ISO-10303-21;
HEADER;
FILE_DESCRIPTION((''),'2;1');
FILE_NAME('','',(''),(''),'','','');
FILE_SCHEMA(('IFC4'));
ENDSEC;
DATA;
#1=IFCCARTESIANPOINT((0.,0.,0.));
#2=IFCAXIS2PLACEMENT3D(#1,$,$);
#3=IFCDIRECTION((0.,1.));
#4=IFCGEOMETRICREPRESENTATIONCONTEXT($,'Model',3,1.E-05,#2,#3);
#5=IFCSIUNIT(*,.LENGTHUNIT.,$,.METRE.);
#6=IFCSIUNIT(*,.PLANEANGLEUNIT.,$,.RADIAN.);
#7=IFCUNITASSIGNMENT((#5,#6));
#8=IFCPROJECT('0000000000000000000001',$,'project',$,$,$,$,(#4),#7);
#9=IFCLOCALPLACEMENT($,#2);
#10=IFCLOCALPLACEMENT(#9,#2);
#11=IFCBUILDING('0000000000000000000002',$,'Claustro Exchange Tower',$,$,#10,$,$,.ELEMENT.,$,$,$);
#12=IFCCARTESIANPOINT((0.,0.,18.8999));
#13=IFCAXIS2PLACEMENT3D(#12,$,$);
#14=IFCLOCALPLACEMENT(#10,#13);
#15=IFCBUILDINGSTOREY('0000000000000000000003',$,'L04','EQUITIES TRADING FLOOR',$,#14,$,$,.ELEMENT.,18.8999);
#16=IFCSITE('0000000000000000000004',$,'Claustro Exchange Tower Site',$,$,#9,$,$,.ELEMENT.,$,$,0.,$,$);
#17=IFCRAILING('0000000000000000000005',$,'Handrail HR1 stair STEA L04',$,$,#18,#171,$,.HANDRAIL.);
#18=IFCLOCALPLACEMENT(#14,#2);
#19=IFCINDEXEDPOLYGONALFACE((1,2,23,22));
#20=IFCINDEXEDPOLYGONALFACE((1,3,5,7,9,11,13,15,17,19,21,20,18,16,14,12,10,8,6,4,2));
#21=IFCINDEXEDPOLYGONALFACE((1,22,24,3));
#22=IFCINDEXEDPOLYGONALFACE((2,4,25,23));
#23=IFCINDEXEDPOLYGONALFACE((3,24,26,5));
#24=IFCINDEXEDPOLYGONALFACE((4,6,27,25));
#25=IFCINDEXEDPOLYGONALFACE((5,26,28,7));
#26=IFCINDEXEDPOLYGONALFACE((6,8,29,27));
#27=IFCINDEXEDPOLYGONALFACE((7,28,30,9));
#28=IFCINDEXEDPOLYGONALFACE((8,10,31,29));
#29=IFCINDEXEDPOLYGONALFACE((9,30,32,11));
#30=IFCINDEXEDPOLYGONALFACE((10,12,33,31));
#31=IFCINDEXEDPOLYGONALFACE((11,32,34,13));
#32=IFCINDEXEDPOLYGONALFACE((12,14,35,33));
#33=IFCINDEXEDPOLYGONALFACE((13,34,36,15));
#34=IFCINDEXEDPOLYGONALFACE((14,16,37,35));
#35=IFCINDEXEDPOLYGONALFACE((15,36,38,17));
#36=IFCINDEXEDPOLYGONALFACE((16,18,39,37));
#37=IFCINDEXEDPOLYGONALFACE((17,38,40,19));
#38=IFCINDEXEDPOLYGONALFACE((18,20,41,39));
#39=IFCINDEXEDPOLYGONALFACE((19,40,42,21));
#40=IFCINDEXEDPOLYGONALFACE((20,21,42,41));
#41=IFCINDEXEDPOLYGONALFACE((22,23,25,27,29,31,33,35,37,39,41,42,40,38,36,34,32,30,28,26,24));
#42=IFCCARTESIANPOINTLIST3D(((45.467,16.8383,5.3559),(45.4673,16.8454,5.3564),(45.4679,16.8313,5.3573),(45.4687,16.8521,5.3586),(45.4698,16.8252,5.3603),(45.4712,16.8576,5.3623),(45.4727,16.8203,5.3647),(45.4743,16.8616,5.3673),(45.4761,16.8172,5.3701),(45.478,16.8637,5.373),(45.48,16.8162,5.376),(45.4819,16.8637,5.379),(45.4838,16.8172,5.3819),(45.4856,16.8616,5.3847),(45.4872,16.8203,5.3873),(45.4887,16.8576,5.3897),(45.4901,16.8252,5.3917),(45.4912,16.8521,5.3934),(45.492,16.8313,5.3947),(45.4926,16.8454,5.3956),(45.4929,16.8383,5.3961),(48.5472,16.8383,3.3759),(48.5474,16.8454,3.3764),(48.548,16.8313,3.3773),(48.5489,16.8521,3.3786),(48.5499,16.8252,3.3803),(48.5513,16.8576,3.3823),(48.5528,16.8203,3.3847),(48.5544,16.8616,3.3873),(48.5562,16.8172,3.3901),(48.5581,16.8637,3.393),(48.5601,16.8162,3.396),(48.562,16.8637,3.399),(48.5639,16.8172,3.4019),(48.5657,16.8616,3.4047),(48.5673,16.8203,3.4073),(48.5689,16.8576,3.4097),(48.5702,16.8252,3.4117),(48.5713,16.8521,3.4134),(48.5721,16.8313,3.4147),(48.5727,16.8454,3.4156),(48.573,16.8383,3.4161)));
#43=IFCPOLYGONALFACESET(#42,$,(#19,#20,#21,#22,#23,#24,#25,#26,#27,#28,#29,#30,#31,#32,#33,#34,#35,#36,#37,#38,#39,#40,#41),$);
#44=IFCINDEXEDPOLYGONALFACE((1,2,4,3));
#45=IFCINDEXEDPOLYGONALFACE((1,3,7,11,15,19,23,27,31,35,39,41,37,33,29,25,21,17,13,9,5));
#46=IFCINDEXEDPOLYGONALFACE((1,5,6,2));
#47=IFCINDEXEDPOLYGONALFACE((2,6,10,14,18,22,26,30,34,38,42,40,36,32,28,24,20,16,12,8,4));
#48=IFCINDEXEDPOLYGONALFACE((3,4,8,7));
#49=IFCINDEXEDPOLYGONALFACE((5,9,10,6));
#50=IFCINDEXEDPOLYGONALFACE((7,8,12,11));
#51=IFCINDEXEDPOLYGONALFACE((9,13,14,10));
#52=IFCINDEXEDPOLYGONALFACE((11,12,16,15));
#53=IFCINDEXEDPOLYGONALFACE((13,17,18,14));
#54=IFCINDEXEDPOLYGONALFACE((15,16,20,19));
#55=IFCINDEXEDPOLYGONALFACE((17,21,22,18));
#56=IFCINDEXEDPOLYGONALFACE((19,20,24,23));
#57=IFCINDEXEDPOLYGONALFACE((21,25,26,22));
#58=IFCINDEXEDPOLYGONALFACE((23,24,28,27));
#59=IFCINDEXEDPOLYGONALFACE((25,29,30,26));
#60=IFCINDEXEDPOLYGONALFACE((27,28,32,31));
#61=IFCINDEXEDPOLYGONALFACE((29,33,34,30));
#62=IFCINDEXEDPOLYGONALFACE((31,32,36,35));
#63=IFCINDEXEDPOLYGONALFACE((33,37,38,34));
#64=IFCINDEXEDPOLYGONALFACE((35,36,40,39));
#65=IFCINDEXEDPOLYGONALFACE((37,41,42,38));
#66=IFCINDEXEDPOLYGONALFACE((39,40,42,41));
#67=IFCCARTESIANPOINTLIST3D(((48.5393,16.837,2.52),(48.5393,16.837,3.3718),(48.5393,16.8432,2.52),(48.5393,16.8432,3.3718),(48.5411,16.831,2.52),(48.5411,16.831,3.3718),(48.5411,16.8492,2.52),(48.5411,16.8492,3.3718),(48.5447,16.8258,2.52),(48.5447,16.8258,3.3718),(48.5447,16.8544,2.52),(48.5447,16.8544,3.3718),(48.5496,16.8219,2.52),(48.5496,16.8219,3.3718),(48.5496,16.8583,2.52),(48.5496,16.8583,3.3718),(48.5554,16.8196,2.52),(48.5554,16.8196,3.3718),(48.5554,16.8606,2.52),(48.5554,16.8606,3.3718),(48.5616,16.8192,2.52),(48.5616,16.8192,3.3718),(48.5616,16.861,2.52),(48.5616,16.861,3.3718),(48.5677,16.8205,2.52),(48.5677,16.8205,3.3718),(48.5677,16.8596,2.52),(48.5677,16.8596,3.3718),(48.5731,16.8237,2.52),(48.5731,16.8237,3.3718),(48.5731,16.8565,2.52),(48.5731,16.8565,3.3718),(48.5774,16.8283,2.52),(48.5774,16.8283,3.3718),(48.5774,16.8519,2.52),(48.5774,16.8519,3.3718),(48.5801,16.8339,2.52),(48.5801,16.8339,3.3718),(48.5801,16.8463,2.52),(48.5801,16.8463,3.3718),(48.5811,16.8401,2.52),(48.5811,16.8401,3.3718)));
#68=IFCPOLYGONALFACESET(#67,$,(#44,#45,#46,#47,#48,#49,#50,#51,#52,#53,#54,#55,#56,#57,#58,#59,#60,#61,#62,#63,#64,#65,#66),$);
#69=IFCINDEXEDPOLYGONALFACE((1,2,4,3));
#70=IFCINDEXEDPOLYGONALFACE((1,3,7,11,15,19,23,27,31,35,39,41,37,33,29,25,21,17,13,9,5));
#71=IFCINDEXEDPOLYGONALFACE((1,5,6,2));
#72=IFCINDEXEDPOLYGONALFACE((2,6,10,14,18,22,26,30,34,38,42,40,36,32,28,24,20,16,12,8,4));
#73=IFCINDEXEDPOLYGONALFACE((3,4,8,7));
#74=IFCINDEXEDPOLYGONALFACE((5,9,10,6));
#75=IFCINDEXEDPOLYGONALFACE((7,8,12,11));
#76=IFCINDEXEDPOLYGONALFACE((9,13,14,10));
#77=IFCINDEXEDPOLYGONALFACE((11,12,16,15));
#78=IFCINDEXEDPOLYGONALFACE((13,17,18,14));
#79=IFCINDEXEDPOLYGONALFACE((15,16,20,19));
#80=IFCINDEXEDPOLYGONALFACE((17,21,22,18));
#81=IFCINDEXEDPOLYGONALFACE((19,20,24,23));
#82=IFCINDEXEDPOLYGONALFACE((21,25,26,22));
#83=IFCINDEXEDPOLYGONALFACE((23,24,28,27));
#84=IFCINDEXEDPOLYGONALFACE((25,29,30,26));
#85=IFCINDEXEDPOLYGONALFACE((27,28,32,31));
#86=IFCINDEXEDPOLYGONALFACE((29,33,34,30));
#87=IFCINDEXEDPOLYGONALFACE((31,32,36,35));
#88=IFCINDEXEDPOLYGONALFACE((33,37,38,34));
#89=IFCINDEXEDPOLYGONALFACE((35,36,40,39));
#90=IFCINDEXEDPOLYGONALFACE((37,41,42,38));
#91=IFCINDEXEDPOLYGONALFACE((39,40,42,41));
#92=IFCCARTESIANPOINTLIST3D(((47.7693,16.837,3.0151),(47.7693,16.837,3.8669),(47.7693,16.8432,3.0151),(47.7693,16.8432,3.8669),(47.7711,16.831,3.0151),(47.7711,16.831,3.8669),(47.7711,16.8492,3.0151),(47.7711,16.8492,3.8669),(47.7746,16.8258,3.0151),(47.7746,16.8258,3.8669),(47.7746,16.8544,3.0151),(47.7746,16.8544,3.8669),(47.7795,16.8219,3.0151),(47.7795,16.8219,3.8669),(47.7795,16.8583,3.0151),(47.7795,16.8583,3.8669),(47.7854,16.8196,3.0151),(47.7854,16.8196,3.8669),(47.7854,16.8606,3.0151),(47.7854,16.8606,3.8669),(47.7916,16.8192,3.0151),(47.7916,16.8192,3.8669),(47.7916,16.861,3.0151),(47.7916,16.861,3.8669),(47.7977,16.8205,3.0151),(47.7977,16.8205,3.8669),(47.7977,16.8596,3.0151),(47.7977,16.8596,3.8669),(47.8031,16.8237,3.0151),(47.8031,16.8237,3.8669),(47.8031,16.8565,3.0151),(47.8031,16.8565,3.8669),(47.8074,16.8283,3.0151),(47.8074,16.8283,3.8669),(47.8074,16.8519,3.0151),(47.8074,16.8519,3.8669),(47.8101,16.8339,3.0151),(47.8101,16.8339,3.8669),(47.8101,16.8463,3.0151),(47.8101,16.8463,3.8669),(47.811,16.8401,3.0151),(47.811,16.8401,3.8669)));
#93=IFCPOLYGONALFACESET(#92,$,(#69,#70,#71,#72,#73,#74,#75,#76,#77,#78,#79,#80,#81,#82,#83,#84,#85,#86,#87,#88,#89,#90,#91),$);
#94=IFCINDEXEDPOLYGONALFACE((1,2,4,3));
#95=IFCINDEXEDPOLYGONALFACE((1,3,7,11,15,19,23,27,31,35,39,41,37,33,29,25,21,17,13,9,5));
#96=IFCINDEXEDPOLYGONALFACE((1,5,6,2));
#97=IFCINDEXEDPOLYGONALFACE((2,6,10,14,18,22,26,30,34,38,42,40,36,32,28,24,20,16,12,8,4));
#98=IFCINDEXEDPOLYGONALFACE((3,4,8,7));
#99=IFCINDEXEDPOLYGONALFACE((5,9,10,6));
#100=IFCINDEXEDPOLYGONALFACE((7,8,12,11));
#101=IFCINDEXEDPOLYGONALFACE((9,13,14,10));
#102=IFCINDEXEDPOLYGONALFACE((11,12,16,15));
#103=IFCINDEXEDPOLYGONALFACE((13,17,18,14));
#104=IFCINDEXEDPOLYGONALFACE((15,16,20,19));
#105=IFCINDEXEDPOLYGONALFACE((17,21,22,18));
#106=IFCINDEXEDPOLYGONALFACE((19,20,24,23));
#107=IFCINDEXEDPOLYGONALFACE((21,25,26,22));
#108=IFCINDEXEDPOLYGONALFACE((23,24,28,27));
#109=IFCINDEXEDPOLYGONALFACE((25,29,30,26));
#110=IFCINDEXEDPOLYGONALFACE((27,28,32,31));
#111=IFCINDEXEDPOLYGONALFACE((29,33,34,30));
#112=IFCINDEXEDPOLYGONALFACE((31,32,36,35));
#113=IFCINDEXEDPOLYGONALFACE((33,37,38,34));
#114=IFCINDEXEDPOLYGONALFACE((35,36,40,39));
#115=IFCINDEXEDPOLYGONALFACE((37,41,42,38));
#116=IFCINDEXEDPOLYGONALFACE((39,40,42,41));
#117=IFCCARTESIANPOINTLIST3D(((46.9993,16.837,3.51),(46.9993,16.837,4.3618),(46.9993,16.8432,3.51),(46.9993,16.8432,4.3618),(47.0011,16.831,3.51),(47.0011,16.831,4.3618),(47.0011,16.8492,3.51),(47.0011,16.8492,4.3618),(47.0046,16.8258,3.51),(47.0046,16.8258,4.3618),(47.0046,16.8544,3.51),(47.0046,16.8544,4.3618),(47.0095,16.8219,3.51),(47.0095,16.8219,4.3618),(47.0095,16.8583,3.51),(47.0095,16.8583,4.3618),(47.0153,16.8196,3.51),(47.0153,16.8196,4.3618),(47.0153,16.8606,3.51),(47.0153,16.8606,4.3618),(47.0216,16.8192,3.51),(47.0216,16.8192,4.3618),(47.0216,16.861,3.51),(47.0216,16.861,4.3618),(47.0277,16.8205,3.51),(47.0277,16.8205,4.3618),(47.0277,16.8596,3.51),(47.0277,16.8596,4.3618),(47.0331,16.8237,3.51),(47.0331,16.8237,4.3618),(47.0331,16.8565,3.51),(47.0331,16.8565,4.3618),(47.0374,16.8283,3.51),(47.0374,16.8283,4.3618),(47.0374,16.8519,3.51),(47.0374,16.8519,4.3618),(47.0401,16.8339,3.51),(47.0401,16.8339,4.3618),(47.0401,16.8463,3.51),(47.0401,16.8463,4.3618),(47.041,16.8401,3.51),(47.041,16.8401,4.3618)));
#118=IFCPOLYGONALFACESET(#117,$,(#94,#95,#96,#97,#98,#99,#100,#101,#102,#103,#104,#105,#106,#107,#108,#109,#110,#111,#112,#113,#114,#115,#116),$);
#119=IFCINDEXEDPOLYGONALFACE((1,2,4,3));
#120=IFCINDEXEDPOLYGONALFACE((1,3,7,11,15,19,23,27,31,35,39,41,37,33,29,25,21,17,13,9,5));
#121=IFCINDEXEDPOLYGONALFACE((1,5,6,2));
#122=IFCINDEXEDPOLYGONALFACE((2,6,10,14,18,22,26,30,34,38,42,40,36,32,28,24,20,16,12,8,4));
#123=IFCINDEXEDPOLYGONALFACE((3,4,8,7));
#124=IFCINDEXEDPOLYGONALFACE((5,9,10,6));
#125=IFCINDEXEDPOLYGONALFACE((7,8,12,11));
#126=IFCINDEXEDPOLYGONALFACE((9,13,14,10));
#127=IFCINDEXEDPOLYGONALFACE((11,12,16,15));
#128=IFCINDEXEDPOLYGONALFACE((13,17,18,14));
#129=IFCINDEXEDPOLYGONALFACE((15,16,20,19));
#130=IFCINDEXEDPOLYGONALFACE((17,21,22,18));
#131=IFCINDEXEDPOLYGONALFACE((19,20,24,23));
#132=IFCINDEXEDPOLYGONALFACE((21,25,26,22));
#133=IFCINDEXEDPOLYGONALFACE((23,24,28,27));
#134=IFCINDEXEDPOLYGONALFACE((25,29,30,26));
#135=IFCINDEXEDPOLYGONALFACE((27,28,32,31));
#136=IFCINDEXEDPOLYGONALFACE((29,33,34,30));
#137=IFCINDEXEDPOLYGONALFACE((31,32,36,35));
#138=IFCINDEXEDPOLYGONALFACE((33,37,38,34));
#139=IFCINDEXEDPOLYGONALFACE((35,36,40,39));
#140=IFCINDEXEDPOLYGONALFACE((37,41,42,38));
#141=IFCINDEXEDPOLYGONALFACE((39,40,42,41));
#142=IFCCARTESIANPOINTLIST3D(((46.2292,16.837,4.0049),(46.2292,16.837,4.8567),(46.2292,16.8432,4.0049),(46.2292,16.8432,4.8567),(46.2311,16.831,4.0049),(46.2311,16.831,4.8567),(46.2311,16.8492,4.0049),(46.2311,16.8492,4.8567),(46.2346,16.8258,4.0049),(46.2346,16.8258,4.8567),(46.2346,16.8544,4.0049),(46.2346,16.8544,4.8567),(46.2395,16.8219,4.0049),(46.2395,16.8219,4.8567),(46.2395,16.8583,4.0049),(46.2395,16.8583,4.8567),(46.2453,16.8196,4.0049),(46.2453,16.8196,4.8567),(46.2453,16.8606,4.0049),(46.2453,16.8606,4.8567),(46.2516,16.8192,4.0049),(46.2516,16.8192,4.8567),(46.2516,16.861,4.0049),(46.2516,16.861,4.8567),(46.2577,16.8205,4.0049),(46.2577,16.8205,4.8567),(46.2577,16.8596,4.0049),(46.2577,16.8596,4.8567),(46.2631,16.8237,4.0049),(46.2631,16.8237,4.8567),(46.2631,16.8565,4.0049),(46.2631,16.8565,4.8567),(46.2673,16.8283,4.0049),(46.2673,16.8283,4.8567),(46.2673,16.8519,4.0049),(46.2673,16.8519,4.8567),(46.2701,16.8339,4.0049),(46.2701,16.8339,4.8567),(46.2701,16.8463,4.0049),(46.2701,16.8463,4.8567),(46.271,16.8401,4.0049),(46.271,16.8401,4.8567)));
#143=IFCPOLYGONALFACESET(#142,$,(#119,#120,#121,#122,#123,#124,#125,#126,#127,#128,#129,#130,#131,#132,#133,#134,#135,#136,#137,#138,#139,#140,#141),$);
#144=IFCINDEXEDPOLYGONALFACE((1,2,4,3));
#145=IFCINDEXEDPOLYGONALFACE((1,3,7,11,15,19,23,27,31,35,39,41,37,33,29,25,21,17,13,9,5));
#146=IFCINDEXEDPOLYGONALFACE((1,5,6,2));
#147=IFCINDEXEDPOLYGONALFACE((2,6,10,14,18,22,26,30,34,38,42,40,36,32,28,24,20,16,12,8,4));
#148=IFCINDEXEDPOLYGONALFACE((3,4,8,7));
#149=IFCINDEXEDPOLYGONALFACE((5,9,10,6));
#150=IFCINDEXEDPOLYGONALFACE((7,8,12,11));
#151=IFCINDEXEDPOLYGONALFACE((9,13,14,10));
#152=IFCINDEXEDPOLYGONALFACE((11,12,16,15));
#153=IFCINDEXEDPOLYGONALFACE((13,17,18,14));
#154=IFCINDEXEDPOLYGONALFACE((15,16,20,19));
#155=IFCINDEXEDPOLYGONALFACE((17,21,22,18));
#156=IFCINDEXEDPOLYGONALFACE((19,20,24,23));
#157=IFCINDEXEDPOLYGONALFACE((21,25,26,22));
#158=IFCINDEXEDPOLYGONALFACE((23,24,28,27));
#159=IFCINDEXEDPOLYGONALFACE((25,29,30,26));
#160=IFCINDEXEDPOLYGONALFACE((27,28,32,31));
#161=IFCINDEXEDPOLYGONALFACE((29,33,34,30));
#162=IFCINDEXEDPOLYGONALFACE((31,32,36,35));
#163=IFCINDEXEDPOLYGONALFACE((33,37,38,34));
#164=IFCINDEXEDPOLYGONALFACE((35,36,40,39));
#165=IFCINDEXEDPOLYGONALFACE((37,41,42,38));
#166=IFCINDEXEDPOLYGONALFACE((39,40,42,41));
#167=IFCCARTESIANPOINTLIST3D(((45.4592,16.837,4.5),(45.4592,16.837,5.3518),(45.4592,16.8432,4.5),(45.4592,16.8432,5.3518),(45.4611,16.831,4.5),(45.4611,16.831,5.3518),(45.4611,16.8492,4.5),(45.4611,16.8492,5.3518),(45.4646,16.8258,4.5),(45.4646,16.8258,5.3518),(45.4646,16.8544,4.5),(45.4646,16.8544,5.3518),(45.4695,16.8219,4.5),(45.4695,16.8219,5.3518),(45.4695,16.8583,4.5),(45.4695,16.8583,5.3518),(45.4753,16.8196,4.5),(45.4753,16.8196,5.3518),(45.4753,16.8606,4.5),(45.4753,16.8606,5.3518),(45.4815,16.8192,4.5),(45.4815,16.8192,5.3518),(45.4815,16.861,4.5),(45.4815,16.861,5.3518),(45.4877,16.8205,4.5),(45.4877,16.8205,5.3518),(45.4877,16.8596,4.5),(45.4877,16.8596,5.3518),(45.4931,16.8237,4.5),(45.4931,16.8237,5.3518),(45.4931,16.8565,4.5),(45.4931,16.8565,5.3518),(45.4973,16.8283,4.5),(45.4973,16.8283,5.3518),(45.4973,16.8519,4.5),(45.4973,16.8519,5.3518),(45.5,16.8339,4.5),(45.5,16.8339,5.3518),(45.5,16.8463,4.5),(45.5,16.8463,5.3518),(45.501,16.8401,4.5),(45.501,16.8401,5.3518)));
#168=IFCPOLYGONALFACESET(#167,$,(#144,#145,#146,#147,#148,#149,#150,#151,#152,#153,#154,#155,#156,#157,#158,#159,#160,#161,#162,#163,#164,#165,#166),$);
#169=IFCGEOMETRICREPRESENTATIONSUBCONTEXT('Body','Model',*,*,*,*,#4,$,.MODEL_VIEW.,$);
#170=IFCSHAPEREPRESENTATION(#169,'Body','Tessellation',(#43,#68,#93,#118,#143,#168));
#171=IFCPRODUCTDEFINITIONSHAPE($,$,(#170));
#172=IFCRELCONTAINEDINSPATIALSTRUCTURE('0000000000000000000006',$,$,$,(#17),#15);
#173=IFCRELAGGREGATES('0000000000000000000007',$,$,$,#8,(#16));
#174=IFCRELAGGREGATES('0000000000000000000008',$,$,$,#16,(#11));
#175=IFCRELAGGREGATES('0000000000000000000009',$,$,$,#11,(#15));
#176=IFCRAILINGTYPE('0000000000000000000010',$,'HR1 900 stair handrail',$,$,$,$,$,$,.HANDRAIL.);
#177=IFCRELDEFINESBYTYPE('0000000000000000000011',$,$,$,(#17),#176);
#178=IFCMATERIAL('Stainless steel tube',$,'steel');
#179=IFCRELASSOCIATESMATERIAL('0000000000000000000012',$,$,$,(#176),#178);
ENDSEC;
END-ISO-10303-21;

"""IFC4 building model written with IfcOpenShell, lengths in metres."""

from ifc_helpers import new_model, si_unit, direction, frame, origin, origin_2d, place, context, subcontext, project, spatial, circle, extrude, material, type_object, element, save


model = new_model("IFC4")

# Units and contexts
model_context = context("Model", 3, precision=1e-05, world=origin(), true_north=direction((0.0, 1.0)))
body_context = subcontext(model_context, "Body", "Model", "MODEL_VIEW")
ifc_project = project(units=[si_unit("LENGTHUNIT", "METRE"), si_unit("PLANEANGLEUNIT", "RADIAN")], contexts=[model_context])

# Site, building, storey
site_placement = place(None, origin())
site = spatial("IfcSite", under=ifc_project, at=site_placement, Name="Claustro Exchange Tower Site", CompositionType="ELEMENT", RefElevation=0.0)
building_placement = place(site_placement, origin())
building = spatial("IfcBuilding", under=site, at=building_placement, Name="Claustro Exchange Tower", CompositionType="ELEMENT")
storey_placement = place(building_placement, frame((0.0, 0.0, 18.8999)))
storey = spatial("IfcBuildingStorey", under=building, at=storey_placement, Name="L04", Description="EQUITIES TRADING FLOOR", CompositionType="ELEMENT", Elevation=18.8999)

# Railing
ifc_material_1 = material(Name="Stainless steel tube", Category="steel")
railing_type_1 = type_object("IfcRailingType", Name="HR1 900 stair handrail", PredefinedType="HANDRAIL", material=ifc_material_1)
railing_1_placement = place(storey_placement, frame((48.5601, 16.8401, 2.52)))
element("IfcRailing", 1, at=railing_1_placement, inside=storey, type_object=railing_type_1, Name="Handrail HR1 stair STEA L04", PredefinedType="HANDRAIL", context=body_context, shape_type="SweptSolid", body=[
    extrude(circle(Radius=0.0239, at=origin_2d()), frame((0.0, 0.0, 0.876), z_axis=(-0.841187, 0.0, 0.540744), x_axis=(0.0, -1.0, 0.0)), (0.0, 0.0, 1.0), 3.6616),
    extrude(circle(Radius=0.021, at=origin_2d()), origin(), (0.0, 0.0, 1.0), 0.8518),
    extrude(circle(Radius=0.021, at=origin_2d()), frame((-0.77, 0.0, 0.4951)), (0.0, 0.0, 1.0), 0.8518),
    extrude(circle(Radius=0.021, at=origin_2d()), frame((-1.54, 0.0, 0.99)), (0.0, 0.0, 1.0), 0.8518),
    extrude(circle(Radius=0.021, at=origin_2d()), frame((-2.3101, 0.0, 1.4849)), (0.0, 0.0, 1.0), 0.8518),
    extrude(circle(Radius=0.021, at=origin_2d()), frame((-3.0801, 0.0, 1.98)), (0.0, 0.0, 1.0), 0.8518),
])

save(model, "model.ifc")
